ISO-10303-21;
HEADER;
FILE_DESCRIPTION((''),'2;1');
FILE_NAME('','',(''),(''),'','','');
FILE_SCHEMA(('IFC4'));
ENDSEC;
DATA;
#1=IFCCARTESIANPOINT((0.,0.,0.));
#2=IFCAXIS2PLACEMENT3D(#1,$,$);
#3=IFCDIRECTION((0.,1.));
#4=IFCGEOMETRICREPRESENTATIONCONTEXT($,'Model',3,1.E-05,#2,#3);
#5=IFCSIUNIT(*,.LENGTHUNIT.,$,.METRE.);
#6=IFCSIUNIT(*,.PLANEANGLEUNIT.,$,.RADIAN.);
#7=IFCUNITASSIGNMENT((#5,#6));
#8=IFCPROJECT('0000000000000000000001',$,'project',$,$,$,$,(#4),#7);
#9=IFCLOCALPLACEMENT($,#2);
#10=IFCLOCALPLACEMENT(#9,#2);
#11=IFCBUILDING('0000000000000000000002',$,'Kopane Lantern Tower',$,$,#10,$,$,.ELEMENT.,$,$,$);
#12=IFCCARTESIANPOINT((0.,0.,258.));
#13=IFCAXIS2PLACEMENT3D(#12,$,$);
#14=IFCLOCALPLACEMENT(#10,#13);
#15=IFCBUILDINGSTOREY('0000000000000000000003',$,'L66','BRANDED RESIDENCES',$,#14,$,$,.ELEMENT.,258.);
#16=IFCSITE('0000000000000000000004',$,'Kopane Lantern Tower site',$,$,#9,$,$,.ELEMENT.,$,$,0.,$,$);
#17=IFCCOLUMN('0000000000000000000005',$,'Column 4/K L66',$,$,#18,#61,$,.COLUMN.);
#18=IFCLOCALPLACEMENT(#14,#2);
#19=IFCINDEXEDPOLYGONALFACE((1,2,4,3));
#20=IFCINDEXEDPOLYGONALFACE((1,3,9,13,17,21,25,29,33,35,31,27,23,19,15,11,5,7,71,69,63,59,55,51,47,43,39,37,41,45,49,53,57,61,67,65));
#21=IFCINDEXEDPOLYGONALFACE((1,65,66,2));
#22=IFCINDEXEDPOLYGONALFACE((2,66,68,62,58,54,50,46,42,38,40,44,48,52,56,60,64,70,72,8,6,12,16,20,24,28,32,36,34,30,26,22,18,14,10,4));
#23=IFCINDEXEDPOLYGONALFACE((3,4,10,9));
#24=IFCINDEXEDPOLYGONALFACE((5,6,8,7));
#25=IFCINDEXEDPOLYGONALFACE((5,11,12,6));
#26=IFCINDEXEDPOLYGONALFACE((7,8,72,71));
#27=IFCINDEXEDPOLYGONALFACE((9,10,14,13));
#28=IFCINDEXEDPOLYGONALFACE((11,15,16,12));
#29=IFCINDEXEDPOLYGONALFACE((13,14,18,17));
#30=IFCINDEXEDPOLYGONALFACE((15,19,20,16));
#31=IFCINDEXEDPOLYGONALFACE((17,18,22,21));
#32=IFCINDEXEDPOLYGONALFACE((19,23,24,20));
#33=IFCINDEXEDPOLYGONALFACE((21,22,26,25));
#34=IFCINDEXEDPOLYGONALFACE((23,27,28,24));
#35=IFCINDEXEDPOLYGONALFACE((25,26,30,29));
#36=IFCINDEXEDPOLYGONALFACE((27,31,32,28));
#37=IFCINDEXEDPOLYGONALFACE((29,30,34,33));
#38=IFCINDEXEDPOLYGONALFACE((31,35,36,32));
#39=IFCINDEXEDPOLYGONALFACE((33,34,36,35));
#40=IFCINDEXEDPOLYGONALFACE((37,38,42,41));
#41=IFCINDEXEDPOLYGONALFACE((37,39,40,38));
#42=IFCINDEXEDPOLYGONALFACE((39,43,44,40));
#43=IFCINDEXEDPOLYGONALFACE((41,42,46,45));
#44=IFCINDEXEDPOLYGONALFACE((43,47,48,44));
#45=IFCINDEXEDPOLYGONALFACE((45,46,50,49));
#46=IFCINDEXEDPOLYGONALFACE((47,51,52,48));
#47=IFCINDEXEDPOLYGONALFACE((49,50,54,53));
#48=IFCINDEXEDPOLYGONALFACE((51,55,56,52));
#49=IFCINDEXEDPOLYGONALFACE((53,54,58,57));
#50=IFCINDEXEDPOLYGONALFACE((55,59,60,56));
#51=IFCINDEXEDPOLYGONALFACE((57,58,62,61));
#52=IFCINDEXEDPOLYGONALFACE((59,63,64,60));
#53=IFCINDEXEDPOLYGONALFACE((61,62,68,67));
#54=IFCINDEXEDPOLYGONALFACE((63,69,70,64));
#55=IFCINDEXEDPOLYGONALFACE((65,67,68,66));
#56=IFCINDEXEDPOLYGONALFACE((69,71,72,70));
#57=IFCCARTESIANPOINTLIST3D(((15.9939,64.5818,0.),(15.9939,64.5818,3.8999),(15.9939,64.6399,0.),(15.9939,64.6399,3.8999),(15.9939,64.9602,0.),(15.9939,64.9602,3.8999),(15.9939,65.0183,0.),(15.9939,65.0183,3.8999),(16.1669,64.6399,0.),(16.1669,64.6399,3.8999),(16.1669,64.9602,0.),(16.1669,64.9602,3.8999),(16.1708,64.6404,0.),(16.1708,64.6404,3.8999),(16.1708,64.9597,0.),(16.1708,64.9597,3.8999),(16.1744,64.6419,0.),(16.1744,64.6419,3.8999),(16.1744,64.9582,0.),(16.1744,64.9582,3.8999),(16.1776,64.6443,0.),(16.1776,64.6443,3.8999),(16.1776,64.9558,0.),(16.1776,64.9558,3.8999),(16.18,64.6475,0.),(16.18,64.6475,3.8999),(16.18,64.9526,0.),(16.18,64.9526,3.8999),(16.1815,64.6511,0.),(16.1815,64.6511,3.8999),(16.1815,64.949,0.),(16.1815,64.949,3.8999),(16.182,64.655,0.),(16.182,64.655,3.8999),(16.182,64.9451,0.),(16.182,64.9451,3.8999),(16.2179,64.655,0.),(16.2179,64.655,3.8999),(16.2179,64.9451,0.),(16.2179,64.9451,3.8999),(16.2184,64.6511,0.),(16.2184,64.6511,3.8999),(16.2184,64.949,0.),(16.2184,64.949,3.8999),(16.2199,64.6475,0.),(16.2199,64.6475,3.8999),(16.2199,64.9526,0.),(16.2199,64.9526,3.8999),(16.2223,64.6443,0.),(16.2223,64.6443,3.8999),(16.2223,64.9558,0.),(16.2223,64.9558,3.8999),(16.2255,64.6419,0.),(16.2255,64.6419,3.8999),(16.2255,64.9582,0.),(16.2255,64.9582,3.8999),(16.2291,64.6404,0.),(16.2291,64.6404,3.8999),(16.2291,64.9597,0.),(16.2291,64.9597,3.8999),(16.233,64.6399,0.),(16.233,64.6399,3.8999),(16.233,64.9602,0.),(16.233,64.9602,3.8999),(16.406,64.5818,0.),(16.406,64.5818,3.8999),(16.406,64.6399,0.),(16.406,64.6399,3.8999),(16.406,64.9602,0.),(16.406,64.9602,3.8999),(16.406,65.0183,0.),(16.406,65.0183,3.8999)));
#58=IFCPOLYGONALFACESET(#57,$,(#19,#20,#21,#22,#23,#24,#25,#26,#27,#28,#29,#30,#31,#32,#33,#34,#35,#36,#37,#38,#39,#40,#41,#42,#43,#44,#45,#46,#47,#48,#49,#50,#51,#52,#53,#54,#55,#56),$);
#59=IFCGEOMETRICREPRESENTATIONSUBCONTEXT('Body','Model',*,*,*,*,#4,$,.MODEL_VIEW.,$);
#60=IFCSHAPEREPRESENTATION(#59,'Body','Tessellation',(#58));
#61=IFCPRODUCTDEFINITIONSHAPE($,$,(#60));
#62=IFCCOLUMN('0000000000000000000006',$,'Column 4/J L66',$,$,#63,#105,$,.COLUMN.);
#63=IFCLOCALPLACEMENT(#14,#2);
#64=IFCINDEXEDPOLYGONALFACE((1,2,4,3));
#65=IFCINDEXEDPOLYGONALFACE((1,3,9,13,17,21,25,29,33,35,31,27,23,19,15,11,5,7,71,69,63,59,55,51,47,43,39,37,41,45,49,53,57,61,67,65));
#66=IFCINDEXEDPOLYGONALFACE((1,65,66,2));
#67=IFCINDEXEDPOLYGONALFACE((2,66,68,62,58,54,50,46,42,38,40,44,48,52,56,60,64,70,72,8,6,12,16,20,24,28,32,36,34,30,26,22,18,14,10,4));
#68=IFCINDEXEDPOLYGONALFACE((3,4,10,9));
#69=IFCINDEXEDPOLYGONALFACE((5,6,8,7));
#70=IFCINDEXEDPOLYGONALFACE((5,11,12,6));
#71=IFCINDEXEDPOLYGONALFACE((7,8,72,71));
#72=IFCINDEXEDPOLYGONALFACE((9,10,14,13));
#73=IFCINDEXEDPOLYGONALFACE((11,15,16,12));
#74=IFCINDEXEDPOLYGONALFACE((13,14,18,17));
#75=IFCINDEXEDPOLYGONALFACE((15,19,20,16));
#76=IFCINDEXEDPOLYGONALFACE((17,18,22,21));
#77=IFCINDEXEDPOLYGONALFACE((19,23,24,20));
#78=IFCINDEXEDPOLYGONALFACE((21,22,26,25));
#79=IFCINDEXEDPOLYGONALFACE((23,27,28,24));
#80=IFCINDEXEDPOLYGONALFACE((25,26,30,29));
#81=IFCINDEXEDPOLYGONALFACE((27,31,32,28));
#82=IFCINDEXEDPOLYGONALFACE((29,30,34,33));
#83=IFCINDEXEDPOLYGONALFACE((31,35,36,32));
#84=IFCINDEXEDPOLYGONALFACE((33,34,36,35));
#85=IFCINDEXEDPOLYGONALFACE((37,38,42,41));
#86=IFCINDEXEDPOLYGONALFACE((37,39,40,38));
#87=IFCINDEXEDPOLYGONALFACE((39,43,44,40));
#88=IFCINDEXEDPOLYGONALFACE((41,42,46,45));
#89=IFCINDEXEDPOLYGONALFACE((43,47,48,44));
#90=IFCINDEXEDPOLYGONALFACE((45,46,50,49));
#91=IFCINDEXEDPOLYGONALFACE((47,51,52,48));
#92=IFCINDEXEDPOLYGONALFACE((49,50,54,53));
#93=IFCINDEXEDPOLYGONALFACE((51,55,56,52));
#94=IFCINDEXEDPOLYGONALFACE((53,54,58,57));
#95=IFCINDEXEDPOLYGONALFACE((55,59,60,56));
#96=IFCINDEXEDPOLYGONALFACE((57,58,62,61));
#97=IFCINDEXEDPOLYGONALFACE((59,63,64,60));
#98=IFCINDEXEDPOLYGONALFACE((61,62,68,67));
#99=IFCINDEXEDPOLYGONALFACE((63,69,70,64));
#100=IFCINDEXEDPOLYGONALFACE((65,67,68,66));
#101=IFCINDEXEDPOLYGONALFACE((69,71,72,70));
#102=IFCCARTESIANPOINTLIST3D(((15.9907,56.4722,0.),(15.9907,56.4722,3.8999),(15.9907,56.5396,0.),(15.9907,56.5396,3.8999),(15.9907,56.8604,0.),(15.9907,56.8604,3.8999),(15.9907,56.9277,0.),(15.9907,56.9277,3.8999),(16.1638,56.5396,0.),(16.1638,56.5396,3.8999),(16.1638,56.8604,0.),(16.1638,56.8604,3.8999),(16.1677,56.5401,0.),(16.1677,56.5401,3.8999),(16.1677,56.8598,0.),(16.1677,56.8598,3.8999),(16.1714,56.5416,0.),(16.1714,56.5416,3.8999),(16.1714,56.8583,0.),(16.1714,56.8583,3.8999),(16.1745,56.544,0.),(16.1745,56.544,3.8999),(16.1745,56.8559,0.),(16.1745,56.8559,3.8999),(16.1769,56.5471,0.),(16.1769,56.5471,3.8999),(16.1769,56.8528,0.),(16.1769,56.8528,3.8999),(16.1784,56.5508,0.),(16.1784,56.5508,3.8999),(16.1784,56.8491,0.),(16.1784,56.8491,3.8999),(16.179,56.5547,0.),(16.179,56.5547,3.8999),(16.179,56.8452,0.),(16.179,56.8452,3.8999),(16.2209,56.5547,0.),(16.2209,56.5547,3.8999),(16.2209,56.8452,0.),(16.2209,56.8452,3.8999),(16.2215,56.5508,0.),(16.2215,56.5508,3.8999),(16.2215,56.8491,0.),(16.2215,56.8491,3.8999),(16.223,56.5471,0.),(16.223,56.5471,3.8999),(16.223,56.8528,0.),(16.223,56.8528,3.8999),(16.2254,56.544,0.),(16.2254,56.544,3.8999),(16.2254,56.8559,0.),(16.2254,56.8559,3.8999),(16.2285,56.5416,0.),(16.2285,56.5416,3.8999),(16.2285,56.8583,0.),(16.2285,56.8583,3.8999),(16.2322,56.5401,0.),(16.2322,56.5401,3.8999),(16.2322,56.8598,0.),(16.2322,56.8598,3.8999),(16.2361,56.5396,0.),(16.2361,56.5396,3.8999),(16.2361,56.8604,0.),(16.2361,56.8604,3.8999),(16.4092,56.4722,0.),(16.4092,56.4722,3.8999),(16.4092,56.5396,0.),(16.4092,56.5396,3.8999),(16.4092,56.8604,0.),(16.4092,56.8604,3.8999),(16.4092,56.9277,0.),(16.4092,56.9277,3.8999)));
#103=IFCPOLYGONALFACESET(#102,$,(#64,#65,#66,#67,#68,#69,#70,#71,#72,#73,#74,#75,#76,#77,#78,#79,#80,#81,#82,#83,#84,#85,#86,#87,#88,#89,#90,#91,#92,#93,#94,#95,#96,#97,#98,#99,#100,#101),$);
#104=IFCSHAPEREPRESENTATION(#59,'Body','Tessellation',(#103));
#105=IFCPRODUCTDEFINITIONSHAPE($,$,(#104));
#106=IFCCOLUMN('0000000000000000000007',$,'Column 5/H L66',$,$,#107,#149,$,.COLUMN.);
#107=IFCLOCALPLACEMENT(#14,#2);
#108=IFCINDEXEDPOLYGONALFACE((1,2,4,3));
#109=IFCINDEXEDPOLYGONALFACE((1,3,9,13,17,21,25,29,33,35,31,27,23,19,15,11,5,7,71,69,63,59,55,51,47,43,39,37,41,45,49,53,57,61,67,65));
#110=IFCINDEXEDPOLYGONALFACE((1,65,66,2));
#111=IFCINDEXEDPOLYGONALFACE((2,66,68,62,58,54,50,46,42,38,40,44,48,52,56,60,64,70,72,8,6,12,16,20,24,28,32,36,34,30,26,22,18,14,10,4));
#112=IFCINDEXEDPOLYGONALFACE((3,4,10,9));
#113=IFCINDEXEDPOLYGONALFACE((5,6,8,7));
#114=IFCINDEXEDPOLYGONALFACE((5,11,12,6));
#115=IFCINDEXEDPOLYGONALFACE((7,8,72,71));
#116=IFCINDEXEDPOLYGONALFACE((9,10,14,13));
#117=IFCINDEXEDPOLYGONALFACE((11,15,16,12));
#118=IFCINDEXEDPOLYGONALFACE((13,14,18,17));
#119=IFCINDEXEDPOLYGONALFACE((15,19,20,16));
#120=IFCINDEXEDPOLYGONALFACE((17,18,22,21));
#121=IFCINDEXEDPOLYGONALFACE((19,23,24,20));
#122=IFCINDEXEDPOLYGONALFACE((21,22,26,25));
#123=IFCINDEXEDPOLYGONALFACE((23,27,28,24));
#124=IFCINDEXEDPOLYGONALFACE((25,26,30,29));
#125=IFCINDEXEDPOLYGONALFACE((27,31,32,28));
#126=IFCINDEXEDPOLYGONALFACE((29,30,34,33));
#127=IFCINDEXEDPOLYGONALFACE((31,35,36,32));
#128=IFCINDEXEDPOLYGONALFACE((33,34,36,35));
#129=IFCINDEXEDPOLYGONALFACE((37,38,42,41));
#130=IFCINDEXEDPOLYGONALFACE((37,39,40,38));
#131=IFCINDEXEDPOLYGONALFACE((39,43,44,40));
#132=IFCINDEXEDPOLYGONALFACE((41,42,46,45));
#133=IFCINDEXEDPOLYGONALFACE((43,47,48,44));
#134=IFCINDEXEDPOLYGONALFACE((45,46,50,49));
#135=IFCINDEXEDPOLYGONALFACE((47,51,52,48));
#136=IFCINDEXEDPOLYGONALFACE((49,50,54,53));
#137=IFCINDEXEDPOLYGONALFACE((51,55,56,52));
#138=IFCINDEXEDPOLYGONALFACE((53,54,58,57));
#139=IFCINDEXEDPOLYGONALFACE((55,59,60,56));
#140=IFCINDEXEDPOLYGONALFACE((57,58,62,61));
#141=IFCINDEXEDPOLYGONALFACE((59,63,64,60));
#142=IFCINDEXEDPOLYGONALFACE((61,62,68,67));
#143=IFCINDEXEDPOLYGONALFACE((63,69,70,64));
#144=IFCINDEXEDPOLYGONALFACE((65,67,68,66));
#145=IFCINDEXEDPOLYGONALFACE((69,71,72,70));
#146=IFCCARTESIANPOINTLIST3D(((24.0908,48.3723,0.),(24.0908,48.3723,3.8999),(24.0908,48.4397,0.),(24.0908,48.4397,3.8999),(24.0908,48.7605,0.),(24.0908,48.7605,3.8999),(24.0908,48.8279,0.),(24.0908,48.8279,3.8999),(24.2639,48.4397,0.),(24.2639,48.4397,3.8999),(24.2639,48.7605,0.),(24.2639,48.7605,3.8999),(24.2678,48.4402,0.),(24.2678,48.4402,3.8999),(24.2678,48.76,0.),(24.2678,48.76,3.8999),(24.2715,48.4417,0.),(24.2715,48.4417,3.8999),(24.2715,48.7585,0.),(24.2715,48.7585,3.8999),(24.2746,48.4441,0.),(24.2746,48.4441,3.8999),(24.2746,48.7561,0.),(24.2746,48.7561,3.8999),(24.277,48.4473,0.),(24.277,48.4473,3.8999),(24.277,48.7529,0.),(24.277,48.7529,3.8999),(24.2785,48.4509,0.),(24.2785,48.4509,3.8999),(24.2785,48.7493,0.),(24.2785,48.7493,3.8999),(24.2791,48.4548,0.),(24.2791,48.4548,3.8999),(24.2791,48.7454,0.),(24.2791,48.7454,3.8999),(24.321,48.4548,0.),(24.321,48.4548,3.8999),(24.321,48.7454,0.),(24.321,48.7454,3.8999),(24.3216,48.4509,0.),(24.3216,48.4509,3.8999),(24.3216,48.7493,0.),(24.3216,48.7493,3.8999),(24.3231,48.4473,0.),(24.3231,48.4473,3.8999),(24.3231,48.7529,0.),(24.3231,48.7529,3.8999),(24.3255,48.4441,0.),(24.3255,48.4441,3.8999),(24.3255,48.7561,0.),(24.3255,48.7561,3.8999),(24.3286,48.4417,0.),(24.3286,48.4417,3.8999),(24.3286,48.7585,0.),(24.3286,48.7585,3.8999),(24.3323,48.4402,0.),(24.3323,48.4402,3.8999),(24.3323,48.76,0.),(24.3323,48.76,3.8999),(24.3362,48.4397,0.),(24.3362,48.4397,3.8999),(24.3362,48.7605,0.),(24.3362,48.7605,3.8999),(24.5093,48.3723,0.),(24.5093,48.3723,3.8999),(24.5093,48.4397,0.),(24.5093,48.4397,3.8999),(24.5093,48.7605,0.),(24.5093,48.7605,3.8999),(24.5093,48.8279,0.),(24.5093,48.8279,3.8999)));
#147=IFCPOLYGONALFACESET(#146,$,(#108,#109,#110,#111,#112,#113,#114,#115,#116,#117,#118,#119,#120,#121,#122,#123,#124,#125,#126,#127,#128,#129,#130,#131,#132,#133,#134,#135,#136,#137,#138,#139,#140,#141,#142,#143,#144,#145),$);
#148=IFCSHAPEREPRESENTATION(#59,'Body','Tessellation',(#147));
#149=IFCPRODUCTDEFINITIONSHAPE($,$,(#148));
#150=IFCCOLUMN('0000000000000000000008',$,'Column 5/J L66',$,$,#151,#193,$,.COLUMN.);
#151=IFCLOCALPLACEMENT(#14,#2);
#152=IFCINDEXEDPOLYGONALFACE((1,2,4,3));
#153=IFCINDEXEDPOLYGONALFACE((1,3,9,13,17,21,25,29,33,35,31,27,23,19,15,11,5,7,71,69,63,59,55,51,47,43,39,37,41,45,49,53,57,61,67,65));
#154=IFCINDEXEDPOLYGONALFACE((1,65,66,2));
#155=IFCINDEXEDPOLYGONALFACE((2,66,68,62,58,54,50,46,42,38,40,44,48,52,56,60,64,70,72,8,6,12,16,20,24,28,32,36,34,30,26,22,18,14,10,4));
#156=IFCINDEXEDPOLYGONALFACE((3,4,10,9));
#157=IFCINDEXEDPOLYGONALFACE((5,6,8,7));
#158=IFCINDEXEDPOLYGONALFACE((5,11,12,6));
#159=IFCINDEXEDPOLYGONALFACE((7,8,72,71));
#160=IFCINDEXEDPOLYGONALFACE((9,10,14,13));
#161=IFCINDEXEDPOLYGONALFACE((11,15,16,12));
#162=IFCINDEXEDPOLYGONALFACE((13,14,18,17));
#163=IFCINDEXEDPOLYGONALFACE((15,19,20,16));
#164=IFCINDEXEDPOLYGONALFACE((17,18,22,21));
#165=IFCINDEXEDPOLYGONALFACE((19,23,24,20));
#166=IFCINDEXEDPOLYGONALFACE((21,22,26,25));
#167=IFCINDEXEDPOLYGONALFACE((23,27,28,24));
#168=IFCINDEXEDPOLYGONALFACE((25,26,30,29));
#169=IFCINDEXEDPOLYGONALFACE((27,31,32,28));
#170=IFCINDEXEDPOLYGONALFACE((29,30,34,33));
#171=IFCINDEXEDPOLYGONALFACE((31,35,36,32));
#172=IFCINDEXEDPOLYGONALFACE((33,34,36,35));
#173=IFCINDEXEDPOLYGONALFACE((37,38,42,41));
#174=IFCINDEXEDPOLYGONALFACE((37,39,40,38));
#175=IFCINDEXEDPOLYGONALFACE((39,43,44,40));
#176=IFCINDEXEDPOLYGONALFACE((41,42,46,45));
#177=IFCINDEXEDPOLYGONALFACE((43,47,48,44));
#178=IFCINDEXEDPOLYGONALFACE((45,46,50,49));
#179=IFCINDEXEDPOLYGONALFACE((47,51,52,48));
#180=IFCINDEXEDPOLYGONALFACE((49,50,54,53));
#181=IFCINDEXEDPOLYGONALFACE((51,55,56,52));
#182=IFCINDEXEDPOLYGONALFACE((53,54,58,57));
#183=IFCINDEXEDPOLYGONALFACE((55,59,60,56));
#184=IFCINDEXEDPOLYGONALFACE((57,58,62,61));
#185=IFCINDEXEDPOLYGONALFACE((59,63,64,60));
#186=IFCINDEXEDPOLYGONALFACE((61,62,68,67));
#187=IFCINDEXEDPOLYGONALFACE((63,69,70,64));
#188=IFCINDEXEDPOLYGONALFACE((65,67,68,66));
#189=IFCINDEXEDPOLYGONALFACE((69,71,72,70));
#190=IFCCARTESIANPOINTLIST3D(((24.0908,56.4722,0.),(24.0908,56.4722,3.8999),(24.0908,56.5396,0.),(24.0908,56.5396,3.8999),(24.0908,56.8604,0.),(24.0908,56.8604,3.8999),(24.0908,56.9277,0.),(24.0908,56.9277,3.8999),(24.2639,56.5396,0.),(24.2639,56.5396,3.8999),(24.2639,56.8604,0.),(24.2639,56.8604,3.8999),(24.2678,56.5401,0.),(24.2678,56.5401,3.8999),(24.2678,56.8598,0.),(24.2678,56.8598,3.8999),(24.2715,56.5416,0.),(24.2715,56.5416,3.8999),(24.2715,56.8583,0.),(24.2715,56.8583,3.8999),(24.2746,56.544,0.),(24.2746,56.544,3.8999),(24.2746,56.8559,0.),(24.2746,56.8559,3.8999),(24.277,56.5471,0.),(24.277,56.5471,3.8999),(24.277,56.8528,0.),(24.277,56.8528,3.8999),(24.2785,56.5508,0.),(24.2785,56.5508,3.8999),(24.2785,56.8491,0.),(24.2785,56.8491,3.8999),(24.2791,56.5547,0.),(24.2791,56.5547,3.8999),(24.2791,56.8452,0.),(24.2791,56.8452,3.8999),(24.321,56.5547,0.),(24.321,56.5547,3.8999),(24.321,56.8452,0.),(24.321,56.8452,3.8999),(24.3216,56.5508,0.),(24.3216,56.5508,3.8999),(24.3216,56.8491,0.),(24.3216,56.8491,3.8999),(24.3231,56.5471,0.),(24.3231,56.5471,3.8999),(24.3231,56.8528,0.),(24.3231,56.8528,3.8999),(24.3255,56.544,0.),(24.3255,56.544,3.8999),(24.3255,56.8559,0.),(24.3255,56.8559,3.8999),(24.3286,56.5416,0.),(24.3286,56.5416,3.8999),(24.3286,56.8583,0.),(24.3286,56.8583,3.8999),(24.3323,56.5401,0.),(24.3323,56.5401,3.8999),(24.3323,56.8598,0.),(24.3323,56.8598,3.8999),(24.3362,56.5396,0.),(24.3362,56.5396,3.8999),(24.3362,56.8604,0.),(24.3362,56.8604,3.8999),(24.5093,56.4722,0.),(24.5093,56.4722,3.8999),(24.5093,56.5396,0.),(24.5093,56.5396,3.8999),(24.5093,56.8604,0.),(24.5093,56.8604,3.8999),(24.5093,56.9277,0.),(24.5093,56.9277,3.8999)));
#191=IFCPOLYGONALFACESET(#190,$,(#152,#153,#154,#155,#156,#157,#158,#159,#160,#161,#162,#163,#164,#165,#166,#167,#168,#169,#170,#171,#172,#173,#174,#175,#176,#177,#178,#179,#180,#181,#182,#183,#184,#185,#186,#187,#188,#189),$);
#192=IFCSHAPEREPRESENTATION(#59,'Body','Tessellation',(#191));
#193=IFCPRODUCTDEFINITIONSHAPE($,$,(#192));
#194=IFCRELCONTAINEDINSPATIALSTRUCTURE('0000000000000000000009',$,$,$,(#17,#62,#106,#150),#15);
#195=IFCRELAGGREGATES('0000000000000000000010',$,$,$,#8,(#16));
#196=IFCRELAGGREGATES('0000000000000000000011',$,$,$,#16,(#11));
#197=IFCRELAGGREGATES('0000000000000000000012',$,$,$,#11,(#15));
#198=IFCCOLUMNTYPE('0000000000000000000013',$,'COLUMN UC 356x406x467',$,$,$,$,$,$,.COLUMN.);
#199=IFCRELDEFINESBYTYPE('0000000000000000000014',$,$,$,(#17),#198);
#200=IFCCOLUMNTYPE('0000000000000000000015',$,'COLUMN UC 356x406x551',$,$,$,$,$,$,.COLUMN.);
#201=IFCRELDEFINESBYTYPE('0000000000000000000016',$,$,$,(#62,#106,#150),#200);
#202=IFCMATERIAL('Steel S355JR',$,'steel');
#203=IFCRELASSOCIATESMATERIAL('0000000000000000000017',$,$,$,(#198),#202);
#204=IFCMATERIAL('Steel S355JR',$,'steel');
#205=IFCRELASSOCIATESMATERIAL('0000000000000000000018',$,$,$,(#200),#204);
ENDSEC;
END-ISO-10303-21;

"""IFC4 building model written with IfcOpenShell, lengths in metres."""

from ifc_helpers import new_model, si_unit, direction, frame, origin, origin_2d, place, context, subcontext, project, spatial, i_section, extrude, material, material_profile, profile_set, type_object, element, save


model = new_model("IFC4")

# Units and contexts
model_context = context("Model", 3, precision=1e-05, world=origin(), true_north=direction((0.0, 1.0)))
body_context = subcontext(model_context, "Body", "Model", "MODEL_VIEW")
ifc_project = project(units=[si_unit("LENGTHUNIT", "METRE"), si_unit("PLANEANGLEUNIT", "RADIAN")], contexts=[model_context])

# Site, building, storey
site_placement = place(None, origin())
site = spatial("IfcSite", under=ifc_project, at=site_placement, Name="Kopane Lantern Tower site", CompositionType="ELEMENT", RefElevation=0.0)
building_placement = place(site_placement, origin())
building = spatial("IfcBuilding", under=site, at=building_placement, Name="Kopane Lantern Tower", CompositionType="ELEMENT")
storey_placement = place(building_placement, frame((0.0, 0.0, 258.0)))
storey = spatial("IfcBuildingStorey", under=building, at=storey_placement, Name="L66", Description="BRANDED RESIDENCES", CompositionType="ELEMENT", Elevation=258.0)

# Columns
ifc_material_1 = material(Name="Steel S355JR", Category="steel")
ifc_material_profile_1 = material_profile(ifc_material_1, i_section(OverallWidth=0.4121, OverallDepth=0.4365, WebThickness=0.0359, FlangeThickness=0.0581, FilletRadius=0.0151, at=origin_2d()), Name="UC 356x406x467")
ifc_profile_set_1 = profile_set([ifc_material_profile_1], Name="Steel S355JR")
column_type_1 = type_object("IfcColumnType", Name="COLUMN UC 356x406x467", PredefinedType="COLUMN", material=ifc_profile_set_1)
column_placement = place(storey_placement, frame((16.2, 64.8, 0.0), z_axis=(0.0, 0.0, 1.0), x_axis=(1.0, 0.0, 0.0)))
element("IfcColumn", 1, at=column_placement, inside=storey, type_object=column_type_1, Name="Column 4/K L66", PredefinedType="COLUMN", context=body_context, shape_type="SweptSolid", body=[
    extrude(i_section(OverallWidth=0.4121, OverallDepth=0.4365, WebThickness=0.0359, FlangeThickness=0.0581, FilletRadius=0.0151, at=origin_2d()), origin(), (0.0, 0.0, 1.0), 3.8999),
])
ifc_material_2 = material(Name="Steel S355JR", Category="steel")
ifc_material_profile_2 = material_profile(ifc_material_2, i_section(OverallWidth=0.4185, OverallDepth=0.4556, WebThickness=0.042, FlangeThickness=0.0674, FilletRadius=0.0151, at=origin_2d()), Name="UC 356x406x551")
ifc_profile_set_2 = profile_set([ifc_material_profile_2], Name="Steel S355JR")
column_type_2 = type_object("IfcColumnType", Name="COLUMN UC 356x406x551", PredefinedType="COLUMN", material=ifc_profile_set_2)
for number, where, z_axis, x_axis, name in (
    (2, (16.2, 56.7, 0.0), (0.0, 0.0, 1.0), (1.0, 0.0, 0.0), "Column 4/J L66"),
    (3, (24.3, 48.6001, 0.0), (0.0, 0.0, 1.0), (1.0, 0.0, 0.0), "Column 5/H L66"),
    (4, (24.3, 56.7, 0.0), (0.0, 0.0, 1.0), (1.0, 0.0, 0.0), "Column 5/J L66"),
):
    element("IfcColumn", number, at=place(storey_placement, frame(where, z_axis=z_axis, x_axis=x_axis)), inside=storey, type_object=column_type_2, Name=name, PredefinedType="COLUMN", context=body_context, shape_type="SweptSolid", body=[
        extrude(i_section(OverallWidth=0.4185, OverallDepth=0.4556, WebThickness=0.042, FlangeThickness=0.0674, FilletRadius=0.0151, at=origin_2d()), origin(), (0.0, 0.0, 1.0), 3.8999),
    ])

save(model, "model.ifc")
